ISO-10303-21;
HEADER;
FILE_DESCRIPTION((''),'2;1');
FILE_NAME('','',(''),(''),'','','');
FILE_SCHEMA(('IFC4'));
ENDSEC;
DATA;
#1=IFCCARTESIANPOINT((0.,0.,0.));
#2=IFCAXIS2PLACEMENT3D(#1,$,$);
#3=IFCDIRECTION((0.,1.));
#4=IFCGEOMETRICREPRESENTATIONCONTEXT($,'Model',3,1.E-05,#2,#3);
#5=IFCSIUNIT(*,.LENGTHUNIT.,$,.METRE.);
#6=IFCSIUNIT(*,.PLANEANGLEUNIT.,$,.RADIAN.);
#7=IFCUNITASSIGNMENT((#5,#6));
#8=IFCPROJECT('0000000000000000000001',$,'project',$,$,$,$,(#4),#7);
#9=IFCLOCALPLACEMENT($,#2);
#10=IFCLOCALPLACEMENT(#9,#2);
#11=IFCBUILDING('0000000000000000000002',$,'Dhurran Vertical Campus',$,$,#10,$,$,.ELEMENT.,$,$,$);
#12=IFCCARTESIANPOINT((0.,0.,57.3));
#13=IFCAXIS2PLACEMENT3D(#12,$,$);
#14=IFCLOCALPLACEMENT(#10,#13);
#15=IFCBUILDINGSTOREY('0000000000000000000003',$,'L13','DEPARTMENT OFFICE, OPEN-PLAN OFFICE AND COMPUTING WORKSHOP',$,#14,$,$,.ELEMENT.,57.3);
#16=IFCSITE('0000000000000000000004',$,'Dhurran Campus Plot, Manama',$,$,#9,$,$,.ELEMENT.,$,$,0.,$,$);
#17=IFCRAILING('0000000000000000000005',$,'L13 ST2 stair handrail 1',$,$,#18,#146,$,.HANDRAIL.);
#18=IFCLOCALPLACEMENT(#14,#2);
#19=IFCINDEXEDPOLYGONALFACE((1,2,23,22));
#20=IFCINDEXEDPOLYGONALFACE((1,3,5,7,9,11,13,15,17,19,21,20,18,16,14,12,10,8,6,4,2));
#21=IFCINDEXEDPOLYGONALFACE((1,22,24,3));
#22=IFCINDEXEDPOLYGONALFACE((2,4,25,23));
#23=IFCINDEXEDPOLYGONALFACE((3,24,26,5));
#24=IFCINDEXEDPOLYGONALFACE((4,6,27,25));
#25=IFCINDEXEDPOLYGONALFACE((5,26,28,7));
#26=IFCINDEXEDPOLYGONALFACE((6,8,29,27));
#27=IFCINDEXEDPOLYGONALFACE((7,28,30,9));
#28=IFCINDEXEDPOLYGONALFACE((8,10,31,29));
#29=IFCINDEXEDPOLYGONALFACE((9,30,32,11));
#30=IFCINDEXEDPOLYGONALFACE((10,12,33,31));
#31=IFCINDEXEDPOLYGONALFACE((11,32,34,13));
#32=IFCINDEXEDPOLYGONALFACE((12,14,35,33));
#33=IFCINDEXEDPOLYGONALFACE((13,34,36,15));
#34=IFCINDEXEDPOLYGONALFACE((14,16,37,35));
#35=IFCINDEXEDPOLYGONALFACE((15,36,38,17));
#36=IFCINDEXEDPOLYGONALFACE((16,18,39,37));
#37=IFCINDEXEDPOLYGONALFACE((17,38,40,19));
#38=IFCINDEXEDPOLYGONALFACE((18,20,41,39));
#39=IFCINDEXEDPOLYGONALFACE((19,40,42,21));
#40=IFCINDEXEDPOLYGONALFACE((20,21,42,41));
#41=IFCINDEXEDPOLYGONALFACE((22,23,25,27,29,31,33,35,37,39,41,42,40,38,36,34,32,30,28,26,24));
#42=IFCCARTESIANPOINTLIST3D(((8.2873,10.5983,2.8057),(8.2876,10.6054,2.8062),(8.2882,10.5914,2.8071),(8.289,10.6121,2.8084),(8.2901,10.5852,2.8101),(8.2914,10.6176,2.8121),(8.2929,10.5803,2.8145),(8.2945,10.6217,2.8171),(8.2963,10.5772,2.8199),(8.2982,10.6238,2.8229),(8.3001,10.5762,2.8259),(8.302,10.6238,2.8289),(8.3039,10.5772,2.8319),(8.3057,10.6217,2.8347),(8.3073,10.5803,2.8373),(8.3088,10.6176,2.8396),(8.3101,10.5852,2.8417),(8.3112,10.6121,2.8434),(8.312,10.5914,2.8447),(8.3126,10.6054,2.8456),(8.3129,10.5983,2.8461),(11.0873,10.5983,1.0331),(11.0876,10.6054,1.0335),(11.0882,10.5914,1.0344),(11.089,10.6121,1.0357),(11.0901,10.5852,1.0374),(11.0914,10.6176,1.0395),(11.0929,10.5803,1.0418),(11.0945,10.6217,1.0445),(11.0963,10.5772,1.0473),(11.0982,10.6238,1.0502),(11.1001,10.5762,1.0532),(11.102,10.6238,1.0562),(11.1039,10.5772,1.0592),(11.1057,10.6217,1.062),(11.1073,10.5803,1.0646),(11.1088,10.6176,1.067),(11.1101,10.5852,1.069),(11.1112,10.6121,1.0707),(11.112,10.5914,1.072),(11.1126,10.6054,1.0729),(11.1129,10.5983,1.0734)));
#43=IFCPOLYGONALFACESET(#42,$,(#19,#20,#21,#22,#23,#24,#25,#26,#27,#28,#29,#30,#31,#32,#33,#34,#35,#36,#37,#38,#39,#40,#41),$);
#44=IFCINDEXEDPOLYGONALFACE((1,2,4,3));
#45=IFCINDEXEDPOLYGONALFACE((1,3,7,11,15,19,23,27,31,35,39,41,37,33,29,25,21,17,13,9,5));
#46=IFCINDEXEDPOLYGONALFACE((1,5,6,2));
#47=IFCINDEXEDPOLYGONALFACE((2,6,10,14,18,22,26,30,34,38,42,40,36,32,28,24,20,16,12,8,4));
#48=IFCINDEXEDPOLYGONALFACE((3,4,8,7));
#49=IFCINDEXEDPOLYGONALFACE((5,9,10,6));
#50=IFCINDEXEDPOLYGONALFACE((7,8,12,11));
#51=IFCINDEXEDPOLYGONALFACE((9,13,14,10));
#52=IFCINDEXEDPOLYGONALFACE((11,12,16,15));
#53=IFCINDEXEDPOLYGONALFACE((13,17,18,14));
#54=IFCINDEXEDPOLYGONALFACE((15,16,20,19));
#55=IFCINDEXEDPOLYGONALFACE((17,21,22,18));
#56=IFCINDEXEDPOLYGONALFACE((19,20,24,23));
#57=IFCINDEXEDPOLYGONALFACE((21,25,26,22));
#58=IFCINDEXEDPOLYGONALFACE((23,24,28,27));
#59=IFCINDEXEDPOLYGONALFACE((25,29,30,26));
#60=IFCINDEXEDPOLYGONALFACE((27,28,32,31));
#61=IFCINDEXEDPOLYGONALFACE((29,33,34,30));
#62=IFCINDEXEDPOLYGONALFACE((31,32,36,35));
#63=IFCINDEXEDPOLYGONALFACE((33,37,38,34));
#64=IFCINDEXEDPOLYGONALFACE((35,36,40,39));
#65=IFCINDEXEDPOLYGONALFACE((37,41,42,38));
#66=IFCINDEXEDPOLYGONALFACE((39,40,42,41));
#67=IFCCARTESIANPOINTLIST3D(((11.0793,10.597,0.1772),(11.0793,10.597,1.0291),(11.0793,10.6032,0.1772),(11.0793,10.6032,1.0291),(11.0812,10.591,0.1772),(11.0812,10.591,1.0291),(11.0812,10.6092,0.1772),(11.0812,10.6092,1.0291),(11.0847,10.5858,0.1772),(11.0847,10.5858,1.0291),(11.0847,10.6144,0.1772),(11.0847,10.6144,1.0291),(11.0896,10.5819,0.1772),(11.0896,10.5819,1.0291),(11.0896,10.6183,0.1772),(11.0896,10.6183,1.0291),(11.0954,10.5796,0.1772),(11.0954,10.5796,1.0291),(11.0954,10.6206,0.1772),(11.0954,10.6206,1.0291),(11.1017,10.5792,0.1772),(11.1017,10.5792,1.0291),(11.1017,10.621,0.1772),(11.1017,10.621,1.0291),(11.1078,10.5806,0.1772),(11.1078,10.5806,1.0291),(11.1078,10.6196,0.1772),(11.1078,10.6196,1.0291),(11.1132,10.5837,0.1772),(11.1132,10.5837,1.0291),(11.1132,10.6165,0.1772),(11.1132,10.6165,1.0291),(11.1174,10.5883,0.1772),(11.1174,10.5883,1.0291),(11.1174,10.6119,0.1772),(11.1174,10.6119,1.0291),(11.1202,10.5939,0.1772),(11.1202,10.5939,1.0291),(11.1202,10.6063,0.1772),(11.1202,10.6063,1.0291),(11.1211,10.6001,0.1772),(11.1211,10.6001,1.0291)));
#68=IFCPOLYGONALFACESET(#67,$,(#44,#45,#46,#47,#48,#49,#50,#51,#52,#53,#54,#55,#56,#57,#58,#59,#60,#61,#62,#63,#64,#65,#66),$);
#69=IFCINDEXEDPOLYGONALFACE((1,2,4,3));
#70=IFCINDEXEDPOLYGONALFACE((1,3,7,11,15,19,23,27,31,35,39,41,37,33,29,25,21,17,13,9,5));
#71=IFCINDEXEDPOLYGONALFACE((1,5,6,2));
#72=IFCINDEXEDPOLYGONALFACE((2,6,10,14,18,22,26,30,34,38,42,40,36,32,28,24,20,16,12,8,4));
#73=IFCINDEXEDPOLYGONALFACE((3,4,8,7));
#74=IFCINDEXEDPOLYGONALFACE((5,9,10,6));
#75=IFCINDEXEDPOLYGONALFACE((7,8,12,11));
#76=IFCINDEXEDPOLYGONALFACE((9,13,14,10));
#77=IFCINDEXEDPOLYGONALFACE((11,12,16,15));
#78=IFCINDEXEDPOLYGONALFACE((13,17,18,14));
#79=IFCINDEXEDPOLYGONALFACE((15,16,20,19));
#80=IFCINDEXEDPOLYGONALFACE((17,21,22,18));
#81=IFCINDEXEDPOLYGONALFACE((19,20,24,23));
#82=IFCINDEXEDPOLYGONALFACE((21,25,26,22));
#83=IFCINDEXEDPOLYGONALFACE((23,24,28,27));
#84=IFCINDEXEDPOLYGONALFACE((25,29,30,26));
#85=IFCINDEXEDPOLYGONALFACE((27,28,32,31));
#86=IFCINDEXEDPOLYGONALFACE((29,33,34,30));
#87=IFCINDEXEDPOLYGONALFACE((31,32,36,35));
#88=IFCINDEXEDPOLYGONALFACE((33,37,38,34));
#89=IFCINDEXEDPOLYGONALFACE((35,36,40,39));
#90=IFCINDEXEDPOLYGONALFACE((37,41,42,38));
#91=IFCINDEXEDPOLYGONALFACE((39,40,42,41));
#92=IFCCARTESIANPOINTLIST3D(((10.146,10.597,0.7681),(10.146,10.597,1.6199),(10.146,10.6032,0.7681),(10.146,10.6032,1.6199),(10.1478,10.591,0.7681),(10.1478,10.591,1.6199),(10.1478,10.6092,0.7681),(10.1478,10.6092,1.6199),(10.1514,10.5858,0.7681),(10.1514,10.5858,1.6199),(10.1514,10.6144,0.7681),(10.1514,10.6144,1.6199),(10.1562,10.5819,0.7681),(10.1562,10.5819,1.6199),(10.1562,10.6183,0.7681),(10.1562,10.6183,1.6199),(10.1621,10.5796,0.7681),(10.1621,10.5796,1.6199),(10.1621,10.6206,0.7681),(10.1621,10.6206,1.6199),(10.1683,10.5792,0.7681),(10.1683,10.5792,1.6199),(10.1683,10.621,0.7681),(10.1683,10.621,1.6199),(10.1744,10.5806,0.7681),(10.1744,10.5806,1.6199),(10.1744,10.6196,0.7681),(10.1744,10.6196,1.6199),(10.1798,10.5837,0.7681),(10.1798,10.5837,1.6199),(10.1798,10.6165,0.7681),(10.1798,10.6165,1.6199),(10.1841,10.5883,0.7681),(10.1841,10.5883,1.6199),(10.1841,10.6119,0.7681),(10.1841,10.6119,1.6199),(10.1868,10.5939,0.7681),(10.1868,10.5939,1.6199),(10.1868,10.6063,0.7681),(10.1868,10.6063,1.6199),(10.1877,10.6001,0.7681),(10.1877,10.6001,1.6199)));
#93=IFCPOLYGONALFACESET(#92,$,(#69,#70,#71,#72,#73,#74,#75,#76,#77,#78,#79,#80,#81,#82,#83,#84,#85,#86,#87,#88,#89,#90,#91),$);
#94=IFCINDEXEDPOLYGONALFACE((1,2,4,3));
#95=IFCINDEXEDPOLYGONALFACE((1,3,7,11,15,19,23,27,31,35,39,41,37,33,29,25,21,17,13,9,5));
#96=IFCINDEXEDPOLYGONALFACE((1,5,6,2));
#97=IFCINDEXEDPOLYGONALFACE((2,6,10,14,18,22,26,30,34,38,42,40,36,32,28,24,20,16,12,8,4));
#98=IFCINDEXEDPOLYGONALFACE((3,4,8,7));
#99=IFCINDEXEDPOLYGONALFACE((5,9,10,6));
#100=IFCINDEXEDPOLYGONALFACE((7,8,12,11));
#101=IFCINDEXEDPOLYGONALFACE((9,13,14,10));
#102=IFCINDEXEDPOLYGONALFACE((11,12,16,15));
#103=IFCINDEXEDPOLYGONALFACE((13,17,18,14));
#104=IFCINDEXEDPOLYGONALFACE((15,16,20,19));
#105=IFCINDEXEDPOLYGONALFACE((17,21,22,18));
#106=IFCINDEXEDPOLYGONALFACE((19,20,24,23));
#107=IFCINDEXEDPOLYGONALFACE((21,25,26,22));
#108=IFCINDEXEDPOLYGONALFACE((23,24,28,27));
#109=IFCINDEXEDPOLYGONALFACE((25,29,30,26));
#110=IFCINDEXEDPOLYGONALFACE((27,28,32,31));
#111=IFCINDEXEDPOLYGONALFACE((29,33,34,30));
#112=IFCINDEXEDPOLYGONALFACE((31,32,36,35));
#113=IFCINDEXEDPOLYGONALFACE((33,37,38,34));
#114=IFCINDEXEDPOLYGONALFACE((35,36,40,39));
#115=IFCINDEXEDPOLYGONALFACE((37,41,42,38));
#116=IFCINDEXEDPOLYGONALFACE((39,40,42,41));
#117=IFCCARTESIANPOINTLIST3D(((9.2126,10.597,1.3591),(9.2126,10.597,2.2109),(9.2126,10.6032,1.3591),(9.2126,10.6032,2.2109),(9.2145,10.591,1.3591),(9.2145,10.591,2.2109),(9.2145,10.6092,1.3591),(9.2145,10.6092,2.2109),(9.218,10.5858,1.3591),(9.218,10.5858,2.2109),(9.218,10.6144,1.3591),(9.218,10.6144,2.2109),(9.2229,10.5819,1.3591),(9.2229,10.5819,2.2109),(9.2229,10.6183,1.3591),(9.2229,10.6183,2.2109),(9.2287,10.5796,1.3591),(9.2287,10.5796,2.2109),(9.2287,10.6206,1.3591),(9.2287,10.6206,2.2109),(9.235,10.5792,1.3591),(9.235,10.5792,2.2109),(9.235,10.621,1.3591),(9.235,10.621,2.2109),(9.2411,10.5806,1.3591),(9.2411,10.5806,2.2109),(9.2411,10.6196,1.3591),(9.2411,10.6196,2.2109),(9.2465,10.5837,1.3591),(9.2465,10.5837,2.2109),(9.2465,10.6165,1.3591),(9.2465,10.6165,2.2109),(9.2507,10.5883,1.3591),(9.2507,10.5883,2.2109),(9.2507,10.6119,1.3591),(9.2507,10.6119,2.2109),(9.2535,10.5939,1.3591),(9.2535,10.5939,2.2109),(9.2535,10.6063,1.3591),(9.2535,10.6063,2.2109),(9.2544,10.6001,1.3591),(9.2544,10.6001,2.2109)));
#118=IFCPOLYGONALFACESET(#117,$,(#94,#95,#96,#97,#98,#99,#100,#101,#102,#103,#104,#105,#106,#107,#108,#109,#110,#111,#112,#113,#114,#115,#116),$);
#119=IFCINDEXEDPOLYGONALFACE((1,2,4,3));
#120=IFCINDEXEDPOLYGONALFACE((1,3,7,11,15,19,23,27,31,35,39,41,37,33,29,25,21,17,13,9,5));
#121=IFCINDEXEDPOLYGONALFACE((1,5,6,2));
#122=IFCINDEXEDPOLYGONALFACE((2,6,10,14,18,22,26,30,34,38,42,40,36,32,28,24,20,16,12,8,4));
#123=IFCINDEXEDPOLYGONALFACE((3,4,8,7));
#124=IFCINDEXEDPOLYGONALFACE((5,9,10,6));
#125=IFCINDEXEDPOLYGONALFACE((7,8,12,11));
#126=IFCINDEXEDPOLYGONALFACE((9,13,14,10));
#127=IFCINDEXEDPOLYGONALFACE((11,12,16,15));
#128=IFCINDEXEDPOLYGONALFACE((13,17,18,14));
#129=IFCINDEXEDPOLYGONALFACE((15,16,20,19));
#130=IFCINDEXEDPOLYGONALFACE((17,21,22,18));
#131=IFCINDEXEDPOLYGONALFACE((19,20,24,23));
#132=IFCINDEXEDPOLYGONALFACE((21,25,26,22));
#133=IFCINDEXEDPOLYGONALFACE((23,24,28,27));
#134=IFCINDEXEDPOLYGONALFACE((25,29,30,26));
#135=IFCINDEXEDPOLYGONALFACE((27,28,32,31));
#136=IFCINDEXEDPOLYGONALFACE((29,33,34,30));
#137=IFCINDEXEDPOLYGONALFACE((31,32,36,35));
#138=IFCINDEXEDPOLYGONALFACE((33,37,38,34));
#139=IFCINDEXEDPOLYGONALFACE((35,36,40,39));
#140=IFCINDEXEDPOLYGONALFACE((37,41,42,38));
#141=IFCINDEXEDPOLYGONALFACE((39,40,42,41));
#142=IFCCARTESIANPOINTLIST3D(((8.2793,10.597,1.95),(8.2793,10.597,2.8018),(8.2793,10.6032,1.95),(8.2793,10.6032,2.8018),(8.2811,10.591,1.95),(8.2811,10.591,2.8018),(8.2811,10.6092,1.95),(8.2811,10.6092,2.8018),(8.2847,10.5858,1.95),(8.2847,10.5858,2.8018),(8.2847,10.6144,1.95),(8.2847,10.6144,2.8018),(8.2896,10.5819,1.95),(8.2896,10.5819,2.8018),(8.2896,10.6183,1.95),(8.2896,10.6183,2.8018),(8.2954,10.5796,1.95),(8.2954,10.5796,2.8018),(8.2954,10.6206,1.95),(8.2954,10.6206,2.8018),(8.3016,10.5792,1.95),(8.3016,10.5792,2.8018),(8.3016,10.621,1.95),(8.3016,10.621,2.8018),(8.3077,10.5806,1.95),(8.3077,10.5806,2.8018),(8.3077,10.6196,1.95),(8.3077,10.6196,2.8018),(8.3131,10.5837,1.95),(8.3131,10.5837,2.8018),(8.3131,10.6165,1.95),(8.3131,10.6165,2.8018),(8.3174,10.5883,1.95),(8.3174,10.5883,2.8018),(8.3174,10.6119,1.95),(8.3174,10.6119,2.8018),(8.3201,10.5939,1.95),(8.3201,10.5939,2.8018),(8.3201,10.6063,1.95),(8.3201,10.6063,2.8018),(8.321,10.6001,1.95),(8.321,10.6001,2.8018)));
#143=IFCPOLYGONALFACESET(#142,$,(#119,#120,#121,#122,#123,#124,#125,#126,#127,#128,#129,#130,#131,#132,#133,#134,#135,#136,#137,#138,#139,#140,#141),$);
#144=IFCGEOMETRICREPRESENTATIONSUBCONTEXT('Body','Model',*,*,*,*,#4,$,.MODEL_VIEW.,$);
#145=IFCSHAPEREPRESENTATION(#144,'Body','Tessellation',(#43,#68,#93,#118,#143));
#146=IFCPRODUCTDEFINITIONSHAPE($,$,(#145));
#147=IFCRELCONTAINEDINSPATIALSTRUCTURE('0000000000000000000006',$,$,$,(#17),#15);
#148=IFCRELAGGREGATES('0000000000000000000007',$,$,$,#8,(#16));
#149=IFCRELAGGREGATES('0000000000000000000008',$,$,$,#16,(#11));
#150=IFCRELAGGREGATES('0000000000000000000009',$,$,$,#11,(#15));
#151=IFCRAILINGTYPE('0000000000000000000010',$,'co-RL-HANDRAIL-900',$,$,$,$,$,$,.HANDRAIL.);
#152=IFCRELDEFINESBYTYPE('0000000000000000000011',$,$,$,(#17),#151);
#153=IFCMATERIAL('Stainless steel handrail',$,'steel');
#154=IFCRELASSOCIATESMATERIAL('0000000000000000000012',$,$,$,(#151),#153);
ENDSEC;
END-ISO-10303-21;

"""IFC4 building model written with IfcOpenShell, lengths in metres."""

from ifc_helpers import new_model, si_unit, direction, frame, origin, origin_2d, place, context, subcontext, project, spatial, circle, extrude, material, type_object, element, save


model = new_model("IFC4")

# Units and contexts
model_context = context("Model", 3, precision=1e-05, world=origin(), true_north=direction((0.0, 1.0)))
body_context = subcontext(model_context, "Body", "Model", "MODEL_VIEW")
ifc_project = project(units=[si_unit("LENGTHUNIT", "METRE"), si_unit("PLANEANGLEUNIT", "RADIAN")], contexts=[model_context])

# Site, building, storey
site_placement = place(None, origin())
site = spatial("IfcSite", under=ifc_project, at=site_placement, Name="Dhurran Campus Plot, Manama", CompositionType="ELEMENT", RefElevation=0.0)
building_placement = place(site_placement, origin())
building = spatial("IfcBuilding", under=site, at=building_placement, Name="Dhurran Vertical Campus", CompositionType="ELEMENT")
storey_placement = place(building_placement, frame((0.0, 0.0, 57.3)))
storey = spatial("IfcBuildingStorey", under=building, at=storey_placement, Name="L13", Description="DEPARTMENT OFFICE, OPEN-PLAN OFFICE AND COMPUTING WORKSHOP", CompositionType="ELEMENT", Elevation=57.3)

# Railing
ifc_material_1 = material(Name="Stainless steel handrail", Category="steel")
railing_type_1 = type_object("IfcRailingType", Name="co-RL-HANDRAIL-900", PredefinedType="HANDRAIL", material=ifc_material_1)
railing_1_placement = place(storey_placement, frame((11.1001, 10.6001, 0.1772)))
element("IfcRailing", 1, at=railing_1_placement, inside=storey, type_object=railing_type_1, Name="L13 ST2 stair handrail 1", PredefinedType="HANDRAIL", context=body_context, shape_type="SweptSolid", body=[
    extrude(circle(Radius=0.0239, at=origin_2d()), frame((0.0, 0.0, 0.876), z_axis=(-0.844909, 0.0, 0.53491), x_axis=(0.0, -1.0, 0.0)), (0.0, 0.0, 1.0), 3.314),
    extrude(circle(Radius=0.021, at=origin_2d()), origin(), (0.0, 0.0, 1.0), 0.8518),
    extrude(circle(Radius=0.021, at=origin_2d()), frame((-0.9333, 0.0, 0.5908)), (0.0, 0.0, 1.0), 0.8518),
    extrude(circle(Radius=0.021, at=origin_2d()), frame((-1.8667, 0.0, 1.1819)), (0.0, 0.0, 1.0), 0.8518),
    extrude(circle(Radius=0.021, at=origin_2d()), frame((-2.8, 0.0, 1.7727)), (0.0, 0.0, 1.0), 0.8518),
])

save(model, "model.ifc")
